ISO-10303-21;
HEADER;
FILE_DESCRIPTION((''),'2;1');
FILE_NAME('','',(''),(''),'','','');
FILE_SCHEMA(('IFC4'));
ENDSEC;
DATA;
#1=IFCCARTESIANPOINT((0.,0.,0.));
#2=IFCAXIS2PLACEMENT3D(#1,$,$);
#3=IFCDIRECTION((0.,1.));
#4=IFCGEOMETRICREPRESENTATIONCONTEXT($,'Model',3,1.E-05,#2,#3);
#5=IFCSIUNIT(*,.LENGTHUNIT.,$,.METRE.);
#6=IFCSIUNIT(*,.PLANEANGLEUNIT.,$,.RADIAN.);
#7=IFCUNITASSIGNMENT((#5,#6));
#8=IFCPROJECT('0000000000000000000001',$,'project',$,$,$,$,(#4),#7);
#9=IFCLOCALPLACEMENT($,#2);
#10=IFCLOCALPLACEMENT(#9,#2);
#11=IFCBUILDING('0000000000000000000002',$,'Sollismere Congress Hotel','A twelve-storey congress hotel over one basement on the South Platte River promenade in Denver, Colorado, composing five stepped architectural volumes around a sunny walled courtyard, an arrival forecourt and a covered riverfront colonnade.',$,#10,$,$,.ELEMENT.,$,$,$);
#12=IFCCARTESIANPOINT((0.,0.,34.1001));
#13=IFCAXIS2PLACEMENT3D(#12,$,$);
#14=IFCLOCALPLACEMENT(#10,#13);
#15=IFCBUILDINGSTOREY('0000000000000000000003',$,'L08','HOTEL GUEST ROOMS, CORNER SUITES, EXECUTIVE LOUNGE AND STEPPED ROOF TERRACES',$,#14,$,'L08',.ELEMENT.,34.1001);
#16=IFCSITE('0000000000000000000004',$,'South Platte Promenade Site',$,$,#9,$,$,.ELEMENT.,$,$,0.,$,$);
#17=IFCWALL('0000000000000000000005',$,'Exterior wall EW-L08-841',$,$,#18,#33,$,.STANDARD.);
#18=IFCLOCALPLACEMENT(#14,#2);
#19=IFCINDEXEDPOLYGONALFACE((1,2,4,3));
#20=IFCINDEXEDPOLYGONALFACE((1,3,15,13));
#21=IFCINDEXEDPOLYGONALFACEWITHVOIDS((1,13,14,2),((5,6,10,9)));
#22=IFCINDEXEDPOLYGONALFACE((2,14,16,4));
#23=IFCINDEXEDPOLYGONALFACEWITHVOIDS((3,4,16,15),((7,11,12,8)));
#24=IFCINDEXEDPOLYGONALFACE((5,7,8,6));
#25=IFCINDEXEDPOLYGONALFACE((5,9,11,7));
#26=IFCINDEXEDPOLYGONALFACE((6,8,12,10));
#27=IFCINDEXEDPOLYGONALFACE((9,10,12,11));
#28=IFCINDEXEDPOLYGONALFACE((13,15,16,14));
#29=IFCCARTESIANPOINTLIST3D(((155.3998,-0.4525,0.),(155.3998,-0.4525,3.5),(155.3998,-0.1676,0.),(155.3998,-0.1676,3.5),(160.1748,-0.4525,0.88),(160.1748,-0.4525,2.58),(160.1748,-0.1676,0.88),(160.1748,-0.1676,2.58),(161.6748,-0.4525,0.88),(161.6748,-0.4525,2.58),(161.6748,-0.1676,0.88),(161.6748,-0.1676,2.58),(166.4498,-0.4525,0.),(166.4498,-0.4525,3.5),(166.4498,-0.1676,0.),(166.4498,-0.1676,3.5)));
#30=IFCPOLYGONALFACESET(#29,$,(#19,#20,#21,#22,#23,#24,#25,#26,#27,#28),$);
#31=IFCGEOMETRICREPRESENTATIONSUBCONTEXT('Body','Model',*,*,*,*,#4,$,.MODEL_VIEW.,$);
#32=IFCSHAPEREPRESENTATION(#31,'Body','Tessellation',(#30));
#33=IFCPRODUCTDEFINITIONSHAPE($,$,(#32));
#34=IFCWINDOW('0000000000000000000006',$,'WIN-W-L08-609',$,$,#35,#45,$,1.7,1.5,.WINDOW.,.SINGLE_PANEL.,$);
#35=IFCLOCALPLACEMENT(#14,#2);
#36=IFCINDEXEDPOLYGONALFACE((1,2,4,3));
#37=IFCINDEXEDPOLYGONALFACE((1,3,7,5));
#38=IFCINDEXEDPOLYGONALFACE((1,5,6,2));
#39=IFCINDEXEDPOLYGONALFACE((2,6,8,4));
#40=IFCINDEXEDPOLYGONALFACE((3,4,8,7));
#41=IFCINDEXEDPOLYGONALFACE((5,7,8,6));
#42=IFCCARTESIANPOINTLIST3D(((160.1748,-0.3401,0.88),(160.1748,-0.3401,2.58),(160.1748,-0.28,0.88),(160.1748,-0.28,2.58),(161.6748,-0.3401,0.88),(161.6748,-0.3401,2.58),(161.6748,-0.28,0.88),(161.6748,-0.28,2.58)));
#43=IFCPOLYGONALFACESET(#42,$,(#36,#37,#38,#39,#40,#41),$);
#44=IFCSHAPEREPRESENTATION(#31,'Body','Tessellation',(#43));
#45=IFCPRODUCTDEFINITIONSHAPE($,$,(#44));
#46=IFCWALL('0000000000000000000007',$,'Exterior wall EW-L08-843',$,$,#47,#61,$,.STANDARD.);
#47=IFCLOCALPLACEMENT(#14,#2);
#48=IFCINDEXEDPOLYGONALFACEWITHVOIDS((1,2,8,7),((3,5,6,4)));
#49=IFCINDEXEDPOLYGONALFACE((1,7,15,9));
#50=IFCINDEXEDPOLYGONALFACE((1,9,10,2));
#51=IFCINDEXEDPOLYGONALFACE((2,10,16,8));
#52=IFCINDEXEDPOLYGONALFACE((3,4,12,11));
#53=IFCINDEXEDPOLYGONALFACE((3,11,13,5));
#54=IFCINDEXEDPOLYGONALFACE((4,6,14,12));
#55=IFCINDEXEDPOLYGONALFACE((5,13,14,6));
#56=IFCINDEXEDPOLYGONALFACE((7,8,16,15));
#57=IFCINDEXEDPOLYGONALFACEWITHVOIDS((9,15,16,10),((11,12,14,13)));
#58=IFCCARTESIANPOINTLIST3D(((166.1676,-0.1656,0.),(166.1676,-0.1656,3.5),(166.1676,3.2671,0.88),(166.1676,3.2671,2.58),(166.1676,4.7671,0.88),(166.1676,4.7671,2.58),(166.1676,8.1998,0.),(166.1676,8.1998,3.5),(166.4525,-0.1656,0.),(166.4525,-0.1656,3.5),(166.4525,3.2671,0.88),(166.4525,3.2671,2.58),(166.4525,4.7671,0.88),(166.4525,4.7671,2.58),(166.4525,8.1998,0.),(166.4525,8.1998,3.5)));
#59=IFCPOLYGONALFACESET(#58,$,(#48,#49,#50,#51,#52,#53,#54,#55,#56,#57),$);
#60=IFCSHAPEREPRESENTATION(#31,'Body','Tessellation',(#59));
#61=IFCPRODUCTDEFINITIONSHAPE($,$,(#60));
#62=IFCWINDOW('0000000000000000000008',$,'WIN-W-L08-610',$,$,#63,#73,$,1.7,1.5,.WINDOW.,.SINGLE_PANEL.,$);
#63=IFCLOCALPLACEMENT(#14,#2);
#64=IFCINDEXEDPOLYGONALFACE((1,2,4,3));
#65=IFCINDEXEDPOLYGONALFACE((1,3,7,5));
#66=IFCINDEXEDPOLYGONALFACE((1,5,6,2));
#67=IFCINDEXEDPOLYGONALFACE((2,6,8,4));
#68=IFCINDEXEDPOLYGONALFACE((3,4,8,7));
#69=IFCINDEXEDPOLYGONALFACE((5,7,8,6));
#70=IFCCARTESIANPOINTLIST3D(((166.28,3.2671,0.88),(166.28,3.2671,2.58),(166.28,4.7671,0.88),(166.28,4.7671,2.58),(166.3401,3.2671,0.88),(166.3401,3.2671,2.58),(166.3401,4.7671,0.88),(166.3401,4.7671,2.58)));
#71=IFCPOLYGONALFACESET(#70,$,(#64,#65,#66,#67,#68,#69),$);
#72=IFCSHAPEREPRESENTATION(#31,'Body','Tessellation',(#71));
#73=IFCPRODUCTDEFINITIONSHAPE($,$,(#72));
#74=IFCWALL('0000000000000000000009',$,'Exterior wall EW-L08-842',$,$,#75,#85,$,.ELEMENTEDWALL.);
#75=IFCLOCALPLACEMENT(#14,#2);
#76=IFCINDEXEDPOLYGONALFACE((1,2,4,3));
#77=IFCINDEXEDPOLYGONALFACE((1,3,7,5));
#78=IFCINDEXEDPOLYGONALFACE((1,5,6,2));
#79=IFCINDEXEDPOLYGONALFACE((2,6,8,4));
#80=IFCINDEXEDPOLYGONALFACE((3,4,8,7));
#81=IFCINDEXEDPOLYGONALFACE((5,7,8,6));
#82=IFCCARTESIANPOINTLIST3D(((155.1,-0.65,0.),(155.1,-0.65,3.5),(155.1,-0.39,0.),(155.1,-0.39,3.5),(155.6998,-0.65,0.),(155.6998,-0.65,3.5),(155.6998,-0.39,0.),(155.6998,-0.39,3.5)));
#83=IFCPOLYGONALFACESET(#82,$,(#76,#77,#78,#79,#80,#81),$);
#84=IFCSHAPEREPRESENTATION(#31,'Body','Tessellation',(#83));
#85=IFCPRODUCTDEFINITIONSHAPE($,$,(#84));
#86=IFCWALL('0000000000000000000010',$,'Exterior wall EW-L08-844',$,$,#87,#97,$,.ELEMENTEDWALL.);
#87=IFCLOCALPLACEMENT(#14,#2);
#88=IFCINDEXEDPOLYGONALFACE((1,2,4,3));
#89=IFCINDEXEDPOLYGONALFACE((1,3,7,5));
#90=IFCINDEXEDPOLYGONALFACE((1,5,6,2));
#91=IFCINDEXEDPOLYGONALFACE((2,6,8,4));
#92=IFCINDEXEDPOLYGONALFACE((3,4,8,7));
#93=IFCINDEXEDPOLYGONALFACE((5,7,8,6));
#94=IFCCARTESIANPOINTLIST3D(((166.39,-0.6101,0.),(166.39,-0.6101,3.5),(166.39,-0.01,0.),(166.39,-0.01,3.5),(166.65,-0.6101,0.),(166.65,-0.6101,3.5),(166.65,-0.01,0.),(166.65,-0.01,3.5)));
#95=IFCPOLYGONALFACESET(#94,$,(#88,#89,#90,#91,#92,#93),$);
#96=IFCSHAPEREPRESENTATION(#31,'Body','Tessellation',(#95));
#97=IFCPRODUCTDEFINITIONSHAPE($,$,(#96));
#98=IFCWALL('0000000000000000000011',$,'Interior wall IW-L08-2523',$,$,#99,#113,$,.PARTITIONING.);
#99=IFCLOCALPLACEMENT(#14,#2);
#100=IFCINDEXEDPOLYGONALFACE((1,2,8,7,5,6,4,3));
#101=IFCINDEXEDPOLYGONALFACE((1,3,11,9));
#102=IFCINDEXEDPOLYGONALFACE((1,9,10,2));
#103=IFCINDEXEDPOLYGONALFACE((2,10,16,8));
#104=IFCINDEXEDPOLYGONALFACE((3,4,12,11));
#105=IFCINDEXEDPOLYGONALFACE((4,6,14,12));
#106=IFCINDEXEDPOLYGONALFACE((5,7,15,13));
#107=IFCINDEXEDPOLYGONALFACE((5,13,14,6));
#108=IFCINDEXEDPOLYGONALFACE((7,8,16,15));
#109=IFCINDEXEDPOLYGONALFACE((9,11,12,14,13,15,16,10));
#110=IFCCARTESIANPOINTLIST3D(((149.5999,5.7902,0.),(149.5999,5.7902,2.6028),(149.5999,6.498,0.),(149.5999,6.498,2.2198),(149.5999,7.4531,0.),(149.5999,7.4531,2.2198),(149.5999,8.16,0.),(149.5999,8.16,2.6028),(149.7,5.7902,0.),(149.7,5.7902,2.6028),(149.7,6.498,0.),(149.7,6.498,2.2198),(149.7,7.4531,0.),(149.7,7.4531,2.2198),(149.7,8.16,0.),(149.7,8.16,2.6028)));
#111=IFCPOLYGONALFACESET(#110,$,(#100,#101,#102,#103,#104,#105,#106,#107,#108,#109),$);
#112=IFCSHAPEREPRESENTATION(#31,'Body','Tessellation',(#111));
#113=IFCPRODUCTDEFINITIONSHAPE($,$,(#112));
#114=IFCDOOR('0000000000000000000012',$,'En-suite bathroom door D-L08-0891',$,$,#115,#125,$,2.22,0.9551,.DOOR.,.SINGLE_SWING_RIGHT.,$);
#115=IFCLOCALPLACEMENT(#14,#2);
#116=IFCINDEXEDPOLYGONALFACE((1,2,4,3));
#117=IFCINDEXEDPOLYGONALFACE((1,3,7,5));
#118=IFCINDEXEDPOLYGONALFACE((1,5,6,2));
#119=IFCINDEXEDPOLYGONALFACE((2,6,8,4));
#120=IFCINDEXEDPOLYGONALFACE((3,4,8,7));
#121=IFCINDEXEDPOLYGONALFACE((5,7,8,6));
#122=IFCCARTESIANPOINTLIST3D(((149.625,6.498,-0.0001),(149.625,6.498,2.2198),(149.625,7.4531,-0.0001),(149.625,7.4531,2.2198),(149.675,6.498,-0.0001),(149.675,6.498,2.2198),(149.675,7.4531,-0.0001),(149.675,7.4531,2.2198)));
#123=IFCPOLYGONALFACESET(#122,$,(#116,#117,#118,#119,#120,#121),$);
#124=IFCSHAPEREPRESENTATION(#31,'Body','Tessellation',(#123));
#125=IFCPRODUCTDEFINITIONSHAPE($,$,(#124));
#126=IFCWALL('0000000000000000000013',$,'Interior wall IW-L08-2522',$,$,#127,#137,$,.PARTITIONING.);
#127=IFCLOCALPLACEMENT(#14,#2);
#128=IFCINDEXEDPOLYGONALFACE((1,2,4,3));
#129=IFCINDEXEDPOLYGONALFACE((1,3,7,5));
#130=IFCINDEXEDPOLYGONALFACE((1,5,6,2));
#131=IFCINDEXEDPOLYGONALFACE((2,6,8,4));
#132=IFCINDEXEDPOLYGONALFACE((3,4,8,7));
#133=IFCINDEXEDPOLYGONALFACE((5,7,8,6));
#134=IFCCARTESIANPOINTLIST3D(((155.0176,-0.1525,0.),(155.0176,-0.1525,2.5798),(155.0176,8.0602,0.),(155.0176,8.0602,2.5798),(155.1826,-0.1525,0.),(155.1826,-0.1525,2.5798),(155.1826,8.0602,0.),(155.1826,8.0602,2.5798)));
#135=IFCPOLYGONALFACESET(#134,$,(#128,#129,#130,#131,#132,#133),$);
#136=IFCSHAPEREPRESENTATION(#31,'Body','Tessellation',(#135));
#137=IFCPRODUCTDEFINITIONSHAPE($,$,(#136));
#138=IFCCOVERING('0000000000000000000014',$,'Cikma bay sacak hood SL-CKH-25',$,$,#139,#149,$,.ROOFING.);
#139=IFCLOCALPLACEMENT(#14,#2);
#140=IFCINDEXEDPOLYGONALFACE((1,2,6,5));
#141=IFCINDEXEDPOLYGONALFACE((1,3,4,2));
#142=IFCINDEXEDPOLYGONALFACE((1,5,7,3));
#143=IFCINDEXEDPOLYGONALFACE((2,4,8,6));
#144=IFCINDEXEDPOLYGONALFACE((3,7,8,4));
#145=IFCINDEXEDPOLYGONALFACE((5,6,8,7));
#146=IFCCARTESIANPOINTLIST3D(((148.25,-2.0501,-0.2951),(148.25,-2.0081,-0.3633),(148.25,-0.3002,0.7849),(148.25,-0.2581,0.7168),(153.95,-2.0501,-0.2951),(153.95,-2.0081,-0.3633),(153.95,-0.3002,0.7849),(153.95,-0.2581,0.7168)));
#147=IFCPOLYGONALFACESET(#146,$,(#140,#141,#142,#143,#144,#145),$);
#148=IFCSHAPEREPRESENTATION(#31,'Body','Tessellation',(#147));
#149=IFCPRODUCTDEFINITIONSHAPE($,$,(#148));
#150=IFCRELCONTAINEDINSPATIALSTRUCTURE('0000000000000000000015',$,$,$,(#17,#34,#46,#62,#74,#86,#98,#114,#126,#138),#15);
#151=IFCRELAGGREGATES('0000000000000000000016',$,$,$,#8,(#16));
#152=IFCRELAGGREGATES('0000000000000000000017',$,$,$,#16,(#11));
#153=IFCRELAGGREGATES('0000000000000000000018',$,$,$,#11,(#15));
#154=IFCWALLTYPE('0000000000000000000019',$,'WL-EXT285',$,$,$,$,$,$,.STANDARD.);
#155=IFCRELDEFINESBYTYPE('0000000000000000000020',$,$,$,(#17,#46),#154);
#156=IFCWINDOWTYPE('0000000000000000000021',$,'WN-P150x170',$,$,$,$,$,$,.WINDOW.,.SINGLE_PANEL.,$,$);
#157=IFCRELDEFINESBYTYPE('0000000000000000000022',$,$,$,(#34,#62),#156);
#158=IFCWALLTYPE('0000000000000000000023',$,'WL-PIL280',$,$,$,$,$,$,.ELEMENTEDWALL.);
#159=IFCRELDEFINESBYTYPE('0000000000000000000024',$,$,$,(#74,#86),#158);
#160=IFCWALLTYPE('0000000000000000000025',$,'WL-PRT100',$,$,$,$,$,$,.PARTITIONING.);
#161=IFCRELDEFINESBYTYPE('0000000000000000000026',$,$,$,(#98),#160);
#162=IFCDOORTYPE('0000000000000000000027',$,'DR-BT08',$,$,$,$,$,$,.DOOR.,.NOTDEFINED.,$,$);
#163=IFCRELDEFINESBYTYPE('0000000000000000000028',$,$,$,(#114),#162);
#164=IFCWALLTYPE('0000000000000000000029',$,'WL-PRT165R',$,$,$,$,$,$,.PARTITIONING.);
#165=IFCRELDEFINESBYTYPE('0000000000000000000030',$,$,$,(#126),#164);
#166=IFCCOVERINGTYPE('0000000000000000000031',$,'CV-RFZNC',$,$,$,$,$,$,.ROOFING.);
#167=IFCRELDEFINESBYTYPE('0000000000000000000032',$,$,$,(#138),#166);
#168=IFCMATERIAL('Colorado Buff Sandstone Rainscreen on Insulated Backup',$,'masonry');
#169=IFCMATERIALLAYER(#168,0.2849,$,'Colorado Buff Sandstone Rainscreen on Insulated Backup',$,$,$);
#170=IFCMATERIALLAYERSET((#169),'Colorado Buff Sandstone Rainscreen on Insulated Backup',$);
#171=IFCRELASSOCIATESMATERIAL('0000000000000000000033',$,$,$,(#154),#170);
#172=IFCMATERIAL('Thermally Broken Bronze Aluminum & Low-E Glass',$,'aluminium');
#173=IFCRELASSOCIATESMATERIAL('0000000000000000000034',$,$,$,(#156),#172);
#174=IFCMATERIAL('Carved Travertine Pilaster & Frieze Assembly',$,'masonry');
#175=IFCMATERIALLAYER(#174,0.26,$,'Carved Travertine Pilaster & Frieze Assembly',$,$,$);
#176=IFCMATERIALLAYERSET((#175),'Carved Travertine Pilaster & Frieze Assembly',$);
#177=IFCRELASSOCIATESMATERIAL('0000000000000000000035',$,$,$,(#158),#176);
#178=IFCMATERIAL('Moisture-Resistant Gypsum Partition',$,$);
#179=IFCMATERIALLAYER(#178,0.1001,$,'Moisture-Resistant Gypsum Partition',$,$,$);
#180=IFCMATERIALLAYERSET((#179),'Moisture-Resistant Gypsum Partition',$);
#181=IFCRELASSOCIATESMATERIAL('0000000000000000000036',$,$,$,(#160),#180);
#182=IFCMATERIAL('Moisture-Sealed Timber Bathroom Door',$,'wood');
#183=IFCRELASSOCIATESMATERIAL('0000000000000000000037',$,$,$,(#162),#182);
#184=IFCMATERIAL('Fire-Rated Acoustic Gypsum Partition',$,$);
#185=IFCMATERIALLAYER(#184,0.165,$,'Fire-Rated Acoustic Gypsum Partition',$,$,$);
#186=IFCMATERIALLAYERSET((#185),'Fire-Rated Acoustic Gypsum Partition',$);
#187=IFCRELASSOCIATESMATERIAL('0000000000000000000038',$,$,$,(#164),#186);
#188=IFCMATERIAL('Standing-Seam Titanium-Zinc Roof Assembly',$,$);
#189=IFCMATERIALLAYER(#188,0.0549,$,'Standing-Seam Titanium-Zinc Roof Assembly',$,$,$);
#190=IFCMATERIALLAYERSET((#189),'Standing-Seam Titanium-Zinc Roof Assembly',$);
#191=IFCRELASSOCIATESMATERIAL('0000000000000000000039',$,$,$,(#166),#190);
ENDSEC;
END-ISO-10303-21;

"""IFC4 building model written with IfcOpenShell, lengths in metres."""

from ifc_helpers import new_model, si_unit, direction, frame, frame_2d, origin, place, context, subcontext, project, spatial, polyline, rectangle, outline, extrude, material, layer, layer_set, type_object, element, fill, save


model = new_model("IFC4")

# Units and contexts
model_context = context("Model", 3, precision=1e-05, world=origin(), true_north=direction((0.0, 1.0)))
body_context = subcontext(model_context, "Body", "Model", "MODEL_VIEW")
ifc_project = project(units=[si_unit("LENGTHUNIT", "METRE"), si_unit("PLANEANGLEUNIT", "RADIAN")], contexts=[model_context])

# Site, building, storey
site_placement = place(None, origin())
site = spatial("IfcSite", under=ifc_project, at=site_placement, Name="South Platte Promenade Site", CompositionType="ELEMENT", RefElevation=0.0)
building_placement = place(site_placement, origin())
building = spatial("IfcBuilding", under=site, at=building_placement, Name="Sollismere Congress Hotel", Description="A twelve-storey congress hotel over one basement on the South Platte River promenade in Denver, Colorado, composing five stepped architectural volumes around a sunny walled courtyard, an arrival forecourt and a covered riverfront colonnade.", CompositionType="ELEMENT")
storey_placement = place(building_placement, frame((0.0, 0.0, 34.1001)))
storey = spatial("IfcBuildingStorey", under=building, at=storey_placement, Name="L08", Description="HOTEL GUEST ROOMS, CORNER SUITES, EXECUTIVE LOUNGE AND STEPPED ROOF TERRACES", LongName="L08", CompositionType="ELEMENT", Elevation=34.1001)

# Walls, openings, windows
ifc_material_1 = material(Name="Colorado Buff Sandstone Rainscreen on Insulated Backup", Category="masonry")
ifc_layer_1 = layer(ifc_material_1, 0.2849, Name="Colorado Buff Sandstone Rainscreen on Insulated Backup")
ifc_layer_set_1 = layer_set([ifc_layer_1], Name="Colorado Buff Sandstone Rainscreen on Insulated Backup")
wall_type_1 = type_object("IfcWallType", Name="WL-EXT285", PredefinedType="STANDARD", material=ifc_layer_set_1)
wall_1_placement = place(storey_placement, frame((155.3999, -0.3101, 0.0), z_axis=(0.0, 0.0, 1.0), x_axis=(1.0, 0.0, 0.0)))
wall_1 = element("IfcWall", 1, at=wall_1_placement, inside=storey, type_object=wall_type_1, Name="Exterior wall EW-L08-841", PredefinedType="STANDARD", context=body_context, shape_type="SweptSolid", body=[
    extrude(rectangle(XDim=11.05, YDim=0.2849, at=frame_2d((5.5249, 0.0))), origin(), (0.0, 0.0, 1.0), 3.5),
])
opening_1_placement = place(wall_1_placement, frame((4.7749, 0.0, 0.8799)))
opening_1 = element("IfcOpeningElement", 2, at=opening_1_placement, cuts=wall_1, PredefinedType="OPENING", context=body_context, shape_type="SweptSolid", body=[
    extrude(rectangle(XDim=1.5, YDim=1.7, at=frame_2d((0.75, 0.8501))), frame((0.0, 0.1523, 0.0), z_axis=(0.0, -1.0, 0.0), x_axis=(1.0, 0.0, 0.0)), (0.0, 0.0, 1.0), 0.3049),
])
ifc_material_2 = material(Name="Thermally Broken Bronze Aluminum & Low-E Glass", Category="aluminium")
window_type = type_object("IfcWindowType", Name="WN-P150x170", PartitioningType="SINGLE_PANEL", PredefinedType="WINDOW", material=ifc_material_2)
window_1_placement = place(opening_1_placement, origin())
window_1 = element("IfcWindow", 3, at=window_1_placement, inside=storey, type_object=window_type, Name="WIN-W-L08-609", OverallHeight=1.7, OverallWidth=1.5, PartitioningType="SINGLE_PANEL", PredefinedType="WINDOW", context=body_context, shape_type="SweptSolid", body=[
    extrude(rectangle(XDim=1.5, YDim=1.7, at=frame_2d((0.75, 0.8501))), frame((0.0, 0.03, 0.0), z_axis=(0.0, -1.0, 0.0), x_axis=(1.0, 0.0, 0.0)), (0.0, 0.0, 1.0), 0.0601),
])
fill(opening_1, window_1)
wall_2_placement = place(storey_placement, frame((166.3101, -0.1655, 0.0), z_axis=(0.0, 0.0, 1.0), x_axis=(0.0, 1.0, 0.0)))
wall_2 = element("IfcWall", 4, at=wall_2_placement, inside=storey, type_object=wall_type_1, Name="Exterior wall EW-L08-843", PredefinedType="STANDARD", context=body_context, shape_type="SweptSolid", body=[
    extrude(rectangle(XDim=8.3655, YDim=0.2849, at=frame_2d((4.1826, 0.0))), origin(), (0.0, 0.0, 1.0), 3.5),
])
opening_2_placement = place(wall_2_placement, frame((3.4326, 0.0, 0.8799)))
opening_2 = element("IfcOpeningElement", 5, at=opening_2_placement, cuts=wall_2, PredefinedType="OPENING", context=body_context, shape_type="SweptSolid", body=[
    extrude(rectangle(XDim=1.5, YDim=1.7, at=frame_2d((0.75, 0.8501))), frame((0.0, 0.1523, 0.0), z_axis=(0.0, -1.0, 0.0), x_axis=(1.0, 0.0, 0.0)), (0.0, 0.0, 1.0), 0.3049),
])
window_2_placement = place(opening_2_placement, origin())
window_2 = element("IfcWindow", 6, at=window_2_placement, inside=storey, type_object=window_type, Name="WIN-W-L08-610", OverallHeight=1.7, OverallWidth=1.5, PartitioningType="SINGLE_PANEL", PredefinedType="WINDOW", context=body_context, shape_type="SweptSolid", body=[
    extrude(rectangle(XDim=1.5, YDim=1.7, at=frame_2d((0.75, 0.8501))), frame((0.0, 0.03, 0.0), z_axis=(0.0, -1.0, 0.0), x_axis=(1.0, 0.0, 0.0)), (0.0, 0.0, 1.0), 0.0601),
])
fill(opening_2, window_2)

# Walls
ifc_material_3 = material(Name="Carved Travertine Pilaster & Frieze Assembly", Category="masonry")
ifc_layer_2 = layer(ifc_material_3, 0.26, Name="Carved Travertine Pilaster & Frieze Assembly")
ifc_layer_set_2 = layer_set([ifc_layer_2], Name="Carved Travertine Pilaster & Frieze Assembly")
wall_type_2 = type_object("IfcWallType", Name="WL-PIL280", PredefinedType="ELEMENTEDWALL", material=ifc_layer_set_2)
wall_3_placement = place(storey_placement, frame((155.1001, -0.52, 0.0), z_axis=(0.0, 0.0, 1.0), x_axis=(1.0, 0.0, 0.0)))
element("IfcWall", 7, at=wall_3_placement, inside=storey, type_object=wall_type_2, Name="Exterior wall EW-L08-842", PredefinedType="ELEMENTEDWALL", context=body_context, shape_type="SweptSolid", body=[
    extrude(rectangle(XDim=0.5999, YDim=0.26, at=frame_2d((0.2998, 0.0))), origin(), (0.0, 0.0, 1.0), 3.5),
])
wall_4_placement = place(storey_placement, frame((166.52, -0.6101, 0.0), z_axis=(0.0, 0.0, 1.0), x_axis=(0.0, 1.0, 0.0)))
element("IfcWall", 8, at=wall_4_placement, inside=storey, type_object=wall_type_2, Name="Exterior wall EW-L08-844", PredefinedType="ELEMENTEDWALL", context=body_context, shape_type="SweptSolid", body=[
    extrude(rectangle(XDim=0.6001, YDim=0.26, at=frame_2d((0.3, 0.0))), origin(), (0.0, 0.0, 1.0), 3.5),
])

# Wall, opening, door
ifc_material_4 = material(Name="Moisture-Resistant Gypsum Partition")
ifc_layer_3 = layer(ifc_material_4, 0.1001, Name="Moisture-Resistant Gypsum Partition")
ifc_layer_set_3 = layer_set([ifc_layer_3], Name="Moisture-Resistant Gypsum Partition")
wall_type_3 = type_object("IfcWallType", Name="WL-PRT100", PredefinedType="PARTITIONING", material=ifc_layer_set_3)
wall_5_placement = place(storey_placement, frame((149.6499, 5.79, 0.0), z_axis=(0.0, 0.0, 1.0), x_axis=(0.0, 1.0, 0.0)))
wall_5 = element("IfcWall", 9, at=wall_5_placement, inside=storey, type_object=wall_type_3, Name="Interior wall IW-L08-2523", PredefinedType="PARTITIONING", context=body_context, shape_type="SweptSolid", body=[
    extrude(rectangle(XDim=2.3699, YDim=0.1001, at=frame_2d((1.1851, 0.0))), origin(), (0.0, 0.0, 1.0), 2.6028),
])
opening_3_placement = place(wall_5_placement, frame((0.708, 0.0, 0.0)))
opening_3 = element("IfcOpeningElement", 10, at=opening_3_placement, cuts=wall_5, PredefinedType="OPENING", context=body_context, shape_type="SweptSolid", body=[
    extrude(rectangle(XDim=0.9551, YDim=2.22, at=frame_2d((0.4775, 1.1099))), frame((0.0, 0.0601, 0.0), z_axis=(0.0, -1.0, 0.0), x_axis=(1.0, 0.0, 0.0)), (0.0, 0.0, 1.0), 0.1201),
])
ifc_material_5 = material(Name="Moisture-Sealed Timber Bathroom Door", Category="wood")
door_type = type_object("IfcDoorType", Name="DR-BT08", OperationType="NOTDEFINED", PredefinedType="DOOR", material=ifc_material_5)
door_placement = place(opening_3_placement, origin())
door = element("IfcDoor", 11, at=door_placement, inside=storey, type_object=door_type, Name="En-suite bathroom door D-L08-0891", OperationType="SINGLE_SWING_RIGHT", OverallHeight=2.22, OverallWidth=0.9551, PredefinedType="DOOR", context=body_context, shape_type="SweptSolid", body=[
    extrude(rectangle(XDim=0.9551, YDim=2.22, at=frame_2d((0.4775, 1.1099))), frame((0.0, 0.0249, 0.0), z_axis=(0.0, -1.0, 0.0), x_axis=(1.0, 0.0, 0.0)), (0.0, 0.0, 1.0), 0.05),
])
fill(opening_3, door)

# Wall
ifc_material_6 = material(Name="Fire-Rated Acoustic Gypsum Partition")
ifc_layer_4 = layer(ifc_material_6, 0.165, Name="Fire-Rated Acoustic Gypsum Partition")
ifc_layer_set_4 = layer_set([ifc_layer_4], Name="Fire-Rated Acoustic Gypsum Partition")
wall_type_4 = type_object("IfcWallType", Name="WL-PRT165R", PredefinedType="PARTITIONING", material=ifc_layer_set_4)
wall_6_placement = place(storey_placement, frame((155.1001, -0.1526, 0.0), z_axis=(0.0, 0.0, 1.0), x_axis=(0.0, 1.0, 0.0)))
element("IfcWall", 12, at=wall_6_placement, inside=storey, type_object=wall_type_4, Name="Interior wall IW-L08-2522", PredefinedType="PARTITIONING", context=body_context, shape_type="SweptSolid", body=[
    extrude(rectangle(XDim=8.2126, YDim=0.165, at=frame_2d((4.1064, 0.0))), origin(), (0.0, 0.0, 1.0), 2.5798),
])

# Covering
ifc_material_7 = material(Name="Standing-Seam Titanium-Zinc Roof Assembly")
ifc_layer_5 = layer(ifc_material_7, 0.0549, Name="Standing-Seam Titanium-Zinc Roof Assembly")
ifc_layer_set_5 = layer_set([ifc_layer_5], Name="Standing-Seam Titanium-Zinc Roof Assembly")
covering_type = type_object("IfcCoveringType", Name="CV-RFZNC", PredefinedType="ROOFING", material=ifc_layer_set_5)
covering_placement = place(storey_placement, frame((148.25, -2.0081, -0.3633), z_axis=(0.0, -0.52521, 0.850973), x_axis=(1.0, 0.0, 0.0)))
element("IfcCovering", 13, at=covering_placement, inside=storey, type_object=covering_type, Name="Cikma bay sacak hood SL-CKH-25", PredefinedType="ROOFING", context=body_context, shape_type="SweptSolid", body=[
    extrude(outline(polyline([(0.0, 0.0), (5.7, 0.0), (5.7, 2.0564), (0.0, 2.0564), (0.0, 0.0)])), origin(), (0.0, 0.0, 1.0), 0.0801),
])

save(model, "model.ifc")
